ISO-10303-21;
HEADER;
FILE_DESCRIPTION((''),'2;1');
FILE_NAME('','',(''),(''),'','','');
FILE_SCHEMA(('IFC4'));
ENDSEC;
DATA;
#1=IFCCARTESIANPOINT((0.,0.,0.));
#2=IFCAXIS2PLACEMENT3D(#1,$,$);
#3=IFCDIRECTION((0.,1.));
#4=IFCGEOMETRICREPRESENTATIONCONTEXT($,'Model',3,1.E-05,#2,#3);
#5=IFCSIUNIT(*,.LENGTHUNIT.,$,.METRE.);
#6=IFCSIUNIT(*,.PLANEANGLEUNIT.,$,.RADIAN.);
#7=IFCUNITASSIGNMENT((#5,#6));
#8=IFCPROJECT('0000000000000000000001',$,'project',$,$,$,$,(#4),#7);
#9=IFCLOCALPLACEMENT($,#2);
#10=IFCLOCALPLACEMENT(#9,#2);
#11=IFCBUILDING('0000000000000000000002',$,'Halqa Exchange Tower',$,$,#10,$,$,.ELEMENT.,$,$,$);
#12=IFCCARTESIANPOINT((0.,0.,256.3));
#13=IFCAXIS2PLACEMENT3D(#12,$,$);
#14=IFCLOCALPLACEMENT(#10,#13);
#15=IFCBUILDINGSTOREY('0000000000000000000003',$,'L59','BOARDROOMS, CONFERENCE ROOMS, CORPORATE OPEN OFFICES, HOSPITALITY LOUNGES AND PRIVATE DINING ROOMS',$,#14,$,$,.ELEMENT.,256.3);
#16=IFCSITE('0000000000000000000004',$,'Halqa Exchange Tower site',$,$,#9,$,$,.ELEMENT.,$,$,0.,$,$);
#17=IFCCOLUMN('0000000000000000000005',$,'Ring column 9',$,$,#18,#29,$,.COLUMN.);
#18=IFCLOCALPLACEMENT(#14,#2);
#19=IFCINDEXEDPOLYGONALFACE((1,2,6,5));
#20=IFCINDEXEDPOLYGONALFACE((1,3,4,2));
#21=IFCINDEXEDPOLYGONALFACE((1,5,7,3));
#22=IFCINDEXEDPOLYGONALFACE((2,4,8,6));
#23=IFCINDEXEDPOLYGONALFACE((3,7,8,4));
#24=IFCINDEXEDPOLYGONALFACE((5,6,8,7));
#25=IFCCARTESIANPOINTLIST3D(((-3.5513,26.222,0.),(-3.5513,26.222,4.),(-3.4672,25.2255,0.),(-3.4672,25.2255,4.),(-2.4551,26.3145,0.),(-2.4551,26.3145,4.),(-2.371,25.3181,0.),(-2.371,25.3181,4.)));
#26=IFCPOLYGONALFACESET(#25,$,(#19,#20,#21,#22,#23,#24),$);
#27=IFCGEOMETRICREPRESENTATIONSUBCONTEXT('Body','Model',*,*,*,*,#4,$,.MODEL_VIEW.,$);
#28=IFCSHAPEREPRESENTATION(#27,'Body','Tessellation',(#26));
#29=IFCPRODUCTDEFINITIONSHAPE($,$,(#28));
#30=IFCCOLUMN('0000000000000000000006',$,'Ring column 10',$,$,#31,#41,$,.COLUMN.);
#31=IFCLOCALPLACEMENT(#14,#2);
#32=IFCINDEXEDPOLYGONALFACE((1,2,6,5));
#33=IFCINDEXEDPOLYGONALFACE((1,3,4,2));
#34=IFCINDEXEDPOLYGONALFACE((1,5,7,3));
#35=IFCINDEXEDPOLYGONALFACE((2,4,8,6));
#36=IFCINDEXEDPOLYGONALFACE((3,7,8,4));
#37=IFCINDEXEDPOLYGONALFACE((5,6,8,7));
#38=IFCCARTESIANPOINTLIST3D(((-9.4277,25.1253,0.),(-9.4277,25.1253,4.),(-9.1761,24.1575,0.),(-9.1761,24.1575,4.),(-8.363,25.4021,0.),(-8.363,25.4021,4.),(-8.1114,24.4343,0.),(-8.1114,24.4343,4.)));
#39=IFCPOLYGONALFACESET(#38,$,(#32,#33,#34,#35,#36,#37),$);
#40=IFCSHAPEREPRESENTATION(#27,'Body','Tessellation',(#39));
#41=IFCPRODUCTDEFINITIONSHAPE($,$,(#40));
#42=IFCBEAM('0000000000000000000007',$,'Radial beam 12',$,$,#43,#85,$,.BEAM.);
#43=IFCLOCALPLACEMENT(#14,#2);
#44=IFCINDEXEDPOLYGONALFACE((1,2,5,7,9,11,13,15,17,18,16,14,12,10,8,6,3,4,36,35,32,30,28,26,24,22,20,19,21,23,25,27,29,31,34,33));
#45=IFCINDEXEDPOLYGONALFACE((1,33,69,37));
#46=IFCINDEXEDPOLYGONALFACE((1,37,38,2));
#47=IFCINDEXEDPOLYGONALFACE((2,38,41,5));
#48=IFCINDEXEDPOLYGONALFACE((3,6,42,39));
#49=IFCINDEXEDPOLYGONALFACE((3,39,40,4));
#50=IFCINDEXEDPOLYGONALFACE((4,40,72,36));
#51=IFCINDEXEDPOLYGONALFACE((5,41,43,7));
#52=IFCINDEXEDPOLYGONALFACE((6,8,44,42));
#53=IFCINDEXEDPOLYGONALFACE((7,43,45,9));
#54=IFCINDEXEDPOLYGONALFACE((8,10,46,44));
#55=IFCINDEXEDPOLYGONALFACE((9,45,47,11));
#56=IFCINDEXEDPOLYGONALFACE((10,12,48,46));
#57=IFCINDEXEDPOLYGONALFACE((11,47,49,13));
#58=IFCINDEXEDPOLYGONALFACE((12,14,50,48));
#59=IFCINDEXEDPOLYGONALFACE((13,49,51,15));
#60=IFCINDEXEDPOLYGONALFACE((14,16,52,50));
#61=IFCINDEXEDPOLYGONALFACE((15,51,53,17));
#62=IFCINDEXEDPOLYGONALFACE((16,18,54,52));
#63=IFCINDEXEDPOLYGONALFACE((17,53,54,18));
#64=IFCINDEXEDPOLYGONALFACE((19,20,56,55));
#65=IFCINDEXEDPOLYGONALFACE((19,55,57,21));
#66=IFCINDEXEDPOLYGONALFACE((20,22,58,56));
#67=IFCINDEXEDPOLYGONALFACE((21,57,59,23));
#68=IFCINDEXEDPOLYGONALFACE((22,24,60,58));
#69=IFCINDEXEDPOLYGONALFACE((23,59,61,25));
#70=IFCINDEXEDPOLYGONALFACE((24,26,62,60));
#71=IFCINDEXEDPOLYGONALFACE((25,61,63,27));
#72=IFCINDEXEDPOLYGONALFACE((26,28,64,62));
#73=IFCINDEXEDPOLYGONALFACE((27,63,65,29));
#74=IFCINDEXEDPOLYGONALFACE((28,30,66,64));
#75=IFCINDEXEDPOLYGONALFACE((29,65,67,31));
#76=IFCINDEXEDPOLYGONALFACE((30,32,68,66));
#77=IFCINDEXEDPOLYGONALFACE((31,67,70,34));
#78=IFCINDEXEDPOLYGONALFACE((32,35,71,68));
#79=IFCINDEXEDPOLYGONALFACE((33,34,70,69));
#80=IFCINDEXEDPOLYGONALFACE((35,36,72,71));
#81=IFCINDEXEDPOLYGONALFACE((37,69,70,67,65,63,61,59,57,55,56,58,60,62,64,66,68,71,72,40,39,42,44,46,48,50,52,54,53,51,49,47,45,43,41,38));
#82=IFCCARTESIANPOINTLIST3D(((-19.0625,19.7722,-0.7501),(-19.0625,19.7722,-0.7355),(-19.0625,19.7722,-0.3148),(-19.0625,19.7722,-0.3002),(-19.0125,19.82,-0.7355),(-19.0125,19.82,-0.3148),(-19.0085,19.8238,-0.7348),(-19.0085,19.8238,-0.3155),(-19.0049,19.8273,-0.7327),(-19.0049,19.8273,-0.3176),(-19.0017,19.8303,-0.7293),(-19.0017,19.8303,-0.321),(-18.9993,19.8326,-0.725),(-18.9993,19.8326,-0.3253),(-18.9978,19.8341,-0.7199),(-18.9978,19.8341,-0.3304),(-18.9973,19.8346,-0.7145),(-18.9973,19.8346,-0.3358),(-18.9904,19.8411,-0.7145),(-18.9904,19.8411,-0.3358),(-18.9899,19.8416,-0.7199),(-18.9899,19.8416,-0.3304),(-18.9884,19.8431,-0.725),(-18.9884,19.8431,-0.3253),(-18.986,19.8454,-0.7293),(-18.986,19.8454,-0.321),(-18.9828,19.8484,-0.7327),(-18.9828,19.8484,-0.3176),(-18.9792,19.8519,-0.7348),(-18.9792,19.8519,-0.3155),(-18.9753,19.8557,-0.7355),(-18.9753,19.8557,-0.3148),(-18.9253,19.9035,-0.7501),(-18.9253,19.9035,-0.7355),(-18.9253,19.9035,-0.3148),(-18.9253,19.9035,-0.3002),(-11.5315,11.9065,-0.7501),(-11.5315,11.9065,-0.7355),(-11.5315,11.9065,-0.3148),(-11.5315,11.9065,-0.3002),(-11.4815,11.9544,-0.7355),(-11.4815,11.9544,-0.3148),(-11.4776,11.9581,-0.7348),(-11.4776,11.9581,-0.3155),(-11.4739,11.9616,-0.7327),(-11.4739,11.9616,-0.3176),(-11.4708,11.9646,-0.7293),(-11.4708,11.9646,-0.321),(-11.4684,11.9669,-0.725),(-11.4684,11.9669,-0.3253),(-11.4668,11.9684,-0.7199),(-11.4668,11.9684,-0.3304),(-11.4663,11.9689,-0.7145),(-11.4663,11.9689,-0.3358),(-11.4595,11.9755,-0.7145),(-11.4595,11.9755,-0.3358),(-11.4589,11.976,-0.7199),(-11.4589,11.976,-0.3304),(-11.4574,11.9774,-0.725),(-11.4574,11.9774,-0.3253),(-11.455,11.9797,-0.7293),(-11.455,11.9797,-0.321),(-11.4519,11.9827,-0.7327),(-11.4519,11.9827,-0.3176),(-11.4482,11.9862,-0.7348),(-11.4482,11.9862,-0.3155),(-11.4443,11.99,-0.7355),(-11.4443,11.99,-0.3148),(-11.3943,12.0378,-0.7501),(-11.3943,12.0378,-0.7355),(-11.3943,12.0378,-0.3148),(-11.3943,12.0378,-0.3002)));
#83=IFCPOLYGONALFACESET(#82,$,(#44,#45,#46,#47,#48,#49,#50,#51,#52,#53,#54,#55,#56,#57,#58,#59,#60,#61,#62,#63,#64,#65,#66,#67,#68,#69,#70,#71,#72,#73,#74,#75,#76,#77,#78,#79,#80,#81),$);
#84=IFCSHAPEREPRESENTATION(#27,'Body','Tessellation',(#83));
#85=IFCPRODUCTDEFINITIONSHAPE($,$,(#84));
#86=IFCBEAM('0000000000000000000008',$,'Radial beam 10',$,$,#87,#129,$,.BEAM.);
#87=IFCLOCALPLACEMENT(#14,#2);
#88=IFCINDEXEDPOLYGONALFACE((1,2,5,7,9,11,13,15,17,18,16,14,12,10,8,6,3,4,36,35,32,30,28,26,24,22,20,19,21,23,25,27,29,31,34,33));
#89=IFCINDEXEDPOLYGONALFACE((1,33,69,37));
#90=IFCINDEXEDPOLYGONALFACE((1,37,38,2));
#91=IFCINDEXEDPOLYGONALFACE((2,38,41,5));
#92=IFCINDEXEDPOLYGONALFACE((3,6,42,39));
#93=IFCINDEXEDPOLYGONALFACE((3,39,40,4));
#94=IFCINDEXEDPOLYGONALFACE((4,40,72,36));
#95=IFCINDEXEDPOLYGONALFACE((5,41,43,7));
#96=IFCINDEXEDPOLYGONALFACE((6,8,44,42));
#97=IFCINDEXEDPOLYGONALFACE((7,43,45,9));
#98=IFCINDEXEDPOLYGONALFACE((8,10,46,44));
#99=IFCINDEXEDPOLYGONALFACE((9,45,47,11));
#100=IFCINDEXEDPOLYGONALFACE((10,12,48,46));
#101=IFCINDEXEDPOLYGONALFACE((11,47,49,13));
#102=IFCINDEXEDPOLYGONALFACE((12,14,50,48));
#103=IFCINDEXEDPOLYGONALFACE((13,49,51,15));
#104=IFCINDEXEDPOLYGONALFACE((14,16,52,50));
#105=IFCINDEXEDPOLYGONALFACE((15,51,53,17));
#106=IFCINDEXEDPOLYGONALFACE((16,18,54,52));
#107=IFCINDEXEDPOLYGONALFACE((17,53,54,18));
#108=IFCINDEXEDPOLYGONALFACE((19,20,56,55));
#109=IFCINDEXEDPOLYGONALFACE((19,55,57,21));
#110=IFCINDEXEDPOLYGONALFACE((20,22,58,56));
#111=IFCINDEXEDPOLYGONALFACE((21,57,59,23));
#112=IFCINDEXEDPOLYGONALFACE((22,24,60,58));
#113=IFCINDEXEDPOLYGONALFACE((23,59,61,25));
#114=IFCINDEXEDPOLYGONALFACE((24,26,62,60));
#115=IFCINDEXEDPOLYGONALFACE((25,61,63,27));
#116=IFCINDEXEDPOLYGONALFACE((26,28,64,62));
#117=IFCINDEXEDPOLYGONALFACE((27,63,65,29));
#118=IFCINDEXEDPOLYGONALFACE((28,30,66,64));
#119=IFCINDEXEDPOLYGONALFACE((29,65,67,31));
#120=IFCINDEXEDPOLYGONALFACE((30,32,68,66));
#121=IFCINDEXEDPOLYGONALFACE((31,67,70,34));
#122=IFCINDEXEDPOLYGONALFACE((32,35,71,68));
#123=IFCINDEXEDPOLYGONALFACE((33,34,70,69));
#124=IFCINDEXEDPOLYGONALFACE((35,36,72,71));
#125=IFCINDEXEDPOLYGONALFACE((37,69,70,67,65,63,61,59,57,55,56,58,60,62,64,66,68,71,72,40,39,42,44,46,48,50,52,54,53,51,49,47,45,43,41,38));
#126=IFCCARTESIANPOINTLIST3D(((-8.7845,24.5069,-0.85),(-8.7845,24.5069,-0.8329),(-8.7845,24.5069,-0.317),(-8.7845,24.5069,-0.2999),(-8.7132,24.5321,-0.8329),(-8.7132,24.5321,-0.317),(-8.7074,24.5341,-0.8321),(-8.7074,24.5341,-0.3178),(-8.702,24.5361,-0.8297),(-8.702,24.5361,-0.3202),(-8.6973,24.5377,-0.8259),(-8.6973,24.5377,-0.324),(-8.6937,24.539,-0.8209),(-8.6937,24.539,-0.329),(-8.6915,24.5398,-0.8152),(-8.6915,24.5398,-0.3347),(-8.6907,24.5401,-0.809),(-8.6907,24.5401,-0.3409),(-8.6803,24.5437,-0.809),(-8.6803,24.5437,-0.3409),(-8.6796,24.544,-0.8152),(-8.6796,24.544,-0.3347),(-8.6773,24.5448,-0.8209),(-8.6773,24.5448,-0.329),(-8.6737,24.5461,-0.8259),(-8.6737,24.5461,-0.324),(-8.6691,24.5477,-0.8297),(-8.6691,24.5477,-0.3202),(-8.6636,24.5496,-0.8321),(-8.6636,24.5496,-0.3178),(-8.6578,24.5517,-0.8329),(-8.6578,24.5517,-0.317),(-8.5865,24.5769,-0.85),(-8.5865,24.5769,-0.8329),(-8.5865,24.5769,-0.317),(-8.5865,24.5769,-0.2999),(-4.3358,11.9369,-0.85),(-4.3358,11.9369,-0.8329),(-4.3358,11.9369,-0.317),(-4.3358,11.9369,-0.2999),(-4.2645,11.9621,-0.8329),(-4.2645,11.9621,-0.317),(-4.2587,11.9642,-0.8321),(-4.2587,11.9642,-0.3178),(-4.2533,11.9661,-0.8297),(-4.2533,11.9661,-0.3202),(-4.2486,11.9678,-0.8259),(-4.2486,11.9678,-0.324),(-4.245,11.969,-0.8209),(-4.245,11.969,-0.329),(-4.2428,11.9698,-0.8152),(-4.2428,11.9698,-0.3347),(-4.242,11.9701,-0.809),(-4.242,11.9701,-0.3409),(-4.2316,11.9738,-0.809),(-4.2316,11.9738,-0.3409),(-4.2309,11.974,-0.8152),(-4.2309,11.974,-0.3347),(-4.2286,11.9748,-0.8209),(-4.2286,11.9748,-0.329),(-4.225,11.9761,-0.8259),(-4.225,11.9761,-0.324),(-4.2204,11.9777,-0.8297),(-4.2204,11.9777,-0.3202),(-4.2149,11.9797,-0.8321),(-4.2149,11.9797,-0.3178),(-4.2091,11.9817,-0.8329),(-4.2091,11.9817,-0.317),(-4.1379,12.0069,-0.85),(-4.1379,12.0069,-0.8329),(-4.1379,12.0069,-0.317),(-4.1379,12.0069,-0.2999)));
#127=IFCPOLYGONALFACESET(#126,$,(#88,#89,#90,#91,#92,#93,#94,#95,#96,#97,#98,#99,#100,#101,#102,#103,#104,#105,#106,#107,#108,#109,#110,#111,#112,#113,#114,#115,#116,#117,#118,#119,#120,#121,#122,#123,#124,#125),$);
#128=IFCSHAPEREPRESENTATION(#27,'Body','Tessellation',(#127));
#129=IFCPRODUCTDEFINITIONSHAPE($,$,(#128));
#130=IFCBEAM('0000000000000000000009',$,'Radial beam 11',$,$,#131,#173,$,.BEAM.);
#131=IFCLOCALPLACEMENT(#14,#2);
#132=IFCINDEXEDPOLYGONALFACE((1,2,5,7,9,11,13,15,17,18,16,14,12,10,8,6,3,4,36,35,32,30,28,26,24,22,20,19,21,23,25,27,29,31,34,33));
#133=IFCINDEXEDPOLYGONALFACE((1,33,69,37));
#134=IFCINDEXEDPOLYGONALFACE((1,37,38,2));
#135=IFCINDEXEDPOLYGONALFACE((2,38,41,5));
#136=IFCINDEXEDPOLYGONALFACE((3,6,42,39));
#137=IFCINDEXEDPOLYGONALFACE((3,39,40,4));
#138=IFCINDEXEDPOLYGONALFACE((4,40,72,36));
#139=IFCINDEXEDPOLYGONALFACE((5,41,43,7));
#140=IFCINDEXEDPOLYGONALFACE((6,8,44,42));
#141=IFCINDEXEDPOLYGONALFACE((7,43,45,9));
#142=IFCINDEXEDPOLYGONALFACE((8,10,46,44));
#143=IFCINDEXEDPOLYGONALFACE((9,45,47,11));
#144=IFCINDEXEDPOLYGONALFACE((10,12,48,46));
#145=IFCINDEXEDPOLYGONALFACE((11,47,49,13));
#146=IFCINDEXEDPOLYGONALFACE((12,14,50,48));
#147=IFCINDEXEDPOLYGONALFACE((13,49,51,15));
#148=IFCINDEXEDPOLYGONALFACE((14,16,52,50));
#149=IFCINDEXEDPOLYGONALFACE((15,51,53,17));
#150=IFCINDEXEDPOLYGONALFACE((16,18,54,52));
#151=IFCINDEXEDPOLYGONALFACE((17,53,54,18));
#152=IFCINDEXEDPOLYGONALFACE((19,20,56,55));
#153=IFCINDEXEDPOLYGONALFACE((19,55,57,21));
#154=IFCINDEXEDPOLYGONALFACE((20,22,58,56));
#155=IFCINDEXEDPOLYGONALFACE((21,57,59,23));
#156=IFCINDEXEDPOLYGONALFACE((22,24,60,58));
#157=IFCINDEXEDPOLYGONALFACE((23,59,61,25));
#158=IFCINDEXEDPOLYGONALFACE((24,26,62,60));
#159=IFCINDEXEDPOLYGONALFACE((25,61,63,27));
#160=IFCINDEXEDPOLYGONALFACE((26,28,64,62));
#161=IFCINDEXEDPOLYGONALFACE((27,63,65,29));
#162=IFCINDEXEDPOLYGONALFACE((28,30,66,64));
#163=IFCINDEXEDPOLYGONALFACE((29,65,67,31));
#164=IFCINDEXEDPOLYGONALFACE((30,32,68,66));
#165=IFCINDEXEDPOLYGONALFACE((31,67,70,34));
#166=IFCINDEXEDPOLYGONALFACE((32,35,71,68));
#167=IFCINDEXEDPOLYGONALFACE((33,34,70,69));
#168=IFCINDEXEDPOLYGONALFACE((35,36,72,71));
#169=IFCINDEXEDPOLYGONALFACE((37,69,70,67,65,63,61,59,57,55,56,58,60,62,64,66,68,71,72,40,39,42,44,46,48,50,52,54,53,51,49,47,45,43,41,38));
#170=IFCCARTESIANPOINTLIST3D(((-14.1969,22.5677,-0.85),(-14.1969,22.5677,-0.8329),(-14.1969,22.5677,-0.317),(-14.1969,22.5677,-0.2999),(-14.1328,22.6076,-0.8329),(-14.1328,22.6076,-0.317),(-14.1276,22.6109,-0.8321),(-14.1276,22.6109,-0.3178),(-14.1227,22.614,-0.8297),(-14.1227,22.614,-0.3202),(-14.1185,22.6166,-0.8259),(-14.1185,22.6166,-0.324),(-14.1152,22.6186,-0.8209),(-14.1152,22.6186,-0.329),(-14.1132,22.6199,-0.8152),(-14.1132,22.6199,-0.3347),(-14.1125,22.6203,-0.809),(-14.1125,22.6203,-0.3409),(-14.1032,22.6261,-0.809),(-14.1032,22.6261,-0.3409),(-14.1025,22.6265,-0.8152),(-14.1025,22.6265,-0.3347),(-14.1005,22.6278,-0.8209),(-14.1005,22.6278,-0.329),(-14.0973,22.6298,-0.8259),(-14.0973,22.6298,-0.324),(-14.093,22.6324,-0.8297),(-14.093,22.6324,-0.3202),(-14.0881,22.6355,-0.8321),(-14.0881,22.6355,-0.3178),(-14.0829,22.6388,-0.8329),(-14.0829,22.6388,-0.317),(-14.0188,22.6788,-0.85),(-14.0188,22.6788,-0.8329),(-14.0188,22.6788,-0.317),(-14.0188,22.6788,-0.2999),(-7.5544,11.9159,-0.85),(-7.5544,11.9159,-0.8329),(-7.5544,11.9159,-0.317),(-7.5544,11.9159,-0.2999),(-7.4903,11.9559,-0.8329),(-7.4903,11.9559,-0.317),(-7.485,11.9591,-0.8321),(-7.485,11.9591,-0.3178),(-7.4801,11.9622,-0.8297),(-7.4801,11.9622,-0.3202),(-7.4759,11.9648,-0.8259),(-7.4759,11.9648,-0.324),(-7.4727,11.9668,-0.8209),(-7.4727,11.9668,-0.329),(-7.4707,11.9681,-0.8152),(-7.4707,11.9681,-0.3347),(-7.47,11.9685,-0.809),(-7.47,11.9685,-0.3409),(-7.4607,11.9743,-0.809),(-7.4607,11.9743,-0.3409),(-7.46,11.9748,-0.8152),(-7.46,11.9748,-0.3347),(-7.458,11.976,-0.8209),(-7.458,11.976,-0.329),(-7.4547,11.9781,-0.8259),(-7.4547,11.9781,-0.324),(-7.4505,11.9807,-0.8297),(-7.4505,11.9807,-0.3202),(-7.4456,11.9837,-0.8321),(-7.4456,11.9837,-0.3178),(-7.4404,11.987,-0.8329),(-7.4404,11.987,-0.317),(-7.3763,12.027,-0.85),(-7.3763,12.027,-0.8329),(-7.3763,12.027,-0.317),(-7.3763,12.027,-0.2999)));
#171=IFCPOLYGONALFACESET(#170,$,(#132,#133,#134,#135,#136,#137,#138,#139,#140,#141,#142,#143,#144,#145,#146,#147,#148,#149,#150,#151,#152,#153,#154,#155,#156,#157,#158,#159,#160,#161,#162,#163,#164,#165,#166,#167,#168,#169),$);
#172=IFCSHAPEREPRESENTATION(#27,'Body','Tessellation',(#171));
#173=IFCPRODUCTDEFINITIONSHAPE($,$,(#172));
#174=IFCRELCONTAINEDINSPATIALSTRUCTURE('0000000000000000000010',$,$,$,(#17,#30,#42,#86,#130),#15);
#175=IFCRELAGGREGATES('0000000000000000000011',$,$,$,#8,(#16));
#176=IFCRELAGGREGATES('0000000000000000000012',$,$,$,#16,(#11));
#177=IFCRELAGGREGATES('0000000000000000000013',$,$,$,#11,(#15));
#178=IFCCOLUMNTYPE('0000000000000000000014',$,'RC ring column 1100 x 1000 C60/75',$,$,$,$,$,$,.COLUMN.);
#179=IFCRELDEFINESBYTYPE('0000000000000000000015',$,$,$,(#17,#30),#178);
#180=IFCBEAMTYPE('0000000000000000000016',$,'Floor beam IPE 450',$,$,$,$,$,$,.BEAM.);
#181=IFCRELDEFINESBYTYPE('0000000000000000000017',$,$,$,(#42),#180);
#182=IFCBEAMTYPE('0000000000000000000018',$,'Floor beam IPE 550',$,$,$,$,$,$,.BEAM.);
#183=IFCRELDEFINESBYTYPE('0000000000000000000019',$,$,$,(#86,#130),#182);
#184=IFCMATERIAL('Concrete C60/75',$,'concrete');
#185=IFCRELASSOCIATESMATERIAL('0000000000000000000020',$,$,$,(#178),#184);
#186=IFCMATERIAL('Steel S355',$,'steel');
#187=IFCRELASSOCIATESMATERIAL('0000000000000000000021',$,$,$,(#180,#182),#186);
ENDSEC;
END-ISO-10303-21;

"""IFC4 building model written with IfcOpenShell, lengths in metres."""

from ifc_helpers import new_model, si_unit, direction, frame, origin, origin_2d, place, context, subcontext, project, spatial, rectangle, i_section, extrude, material, material_profile, profile_set, type_object, element, save


model = new_model("IFC4")

# Units and contexts
model_context = context("Model", 3, precision=1e-05, world=origin(), true_north=direction((0.0, 1.0)))
body_context = subcontext(model_context, "Body", "Model", "MODEL_VIEW")
ifc_project = project(units=[si_unit("LENGTHUNIT", "METRE"), si_unit("PLANEANGLEUNIT", "RADIAN")], contexts=[model_context])

# Site, building, storey
site_placement = place(None, origin())
site = spatial("IfcSite", under=ifc_project, at=site_placement, Name="Halqa Exchange Tower site", CompositionType="ELEMENT", RefElevation=0.0)
building_placement = place(site_placement, origin())
building = spatial("IfcBuilding", under=site, at=building_placement, Name="Halqa Exchange Tower", CompositionType="ELEMENT")
storey_placement = place(building_placement, frame((0.0, 0.0, 256.3)))
storey = spatial("IfcBuildingStorey", under=building, at=storey_placement, Name="L59", Description="BOARDROOMS, CONFERENCE ROOMS, CORPORATE OPEN OFFICES, HOSPITALITY LOUNGES AND PRIVATE DINING ROOMS", CompositionType="ELEMENT", Elevation=256.3)

# Columns
ifc_material_1 = material(Name="Concrete C60/75", Category="concrete")
ifc_material_profile_1 = material_profile(ifc_material_1, rectangle(XDim=1.1001, YDim=1.0, at=origin_2d()), Name="1100 x 1000")
ifc_profile_set_1 = profile_set([ifc_material_profile_1], Name="Concrete C60/75")
column_type = type_object("IfcColumnType", Name="RC ring column 1100 x 1000 C60/75", PredefinedType="COLUMN", material=ifc_profile_set_1)
for number, where, z_axis, x_axis, name in (
    (1, (-2.9612, 25.77, 0.0), (0.0, 0.0, 1.0), (-0.996456, -0.08412, 0.0), "Ring column 9"),
    (2, (-8.7695, 24.7798, 0.0), (0.0, 0.0, 1.0), (-0.96782, -0.251642, 0.0), "Ring column 10"),
):
    element("IfcColumn", number, at=place(storey_placement, frame(where, z_axis=z_axis, x_axis=x_axis)), inside=storey, type_object=column_type, Name=name, PredefinedType="COLUMN", context=body_context, shape_type="SweptSolid", body=[
        extrude(rectangle(XDim=1.1001, YDim=1.0, at=origin_2d()), origin(), (0.0, 0.0, 1.0), 4.0),
    ])

# Beams
ifc_material_2 = material(Name="Steel S355", Category="steel")
ifc_material_profile_2 = material_profile(ifc_material_2, i_section(OverallWidth=0.1899, OverallDepth=0.45, WebThickness=0.0095, FlangeThickness=0.0146, FilletRadius=0.021, at=origin_2d()), Name="IPE 450")
ifc_profile_set_2 = profile_set([ifc_material_profile_2], Name="Steel S355")
beam_type_1 = type_object("IfcBeamType", Name="Floor beam IPE 450", PredefinedType="BEAM", material=ifc_profile_set_2)
beam_1_placement = place(storey_placement, frame((-11.4629, 11.9722, -0.5251), z_axis=(-0.691571, 0.722308, 0.0), x_axis=(-0.722308, -0.691571, 0.0)))
element("IfcBeam", 3, at=beam_1_placement, inside=storey, type_object=beam_type_1, Name="Radial beam 12", PredefinedType="BEAM", context=body_context, shape_type="SweptSolid", body=[
    extrude(i_section(OverallWidth=0.1899, OverallDepth=0.45, WebThickness=0.0095, FlangeThickness=0.0146, FilletRadius=0.021, at=origin_2d()), origin(), (0.0, 0.0, 1.0), 10.8896),
])
ifc_material_profile_3 = material_profile(ifc_material_2, i_section(OverallWidth=0.21, OverallDepth=0.55, WebThickness=0.011, FlangeThickness=0.0171, FilletRadius=0.0239, at=origin_2d()), Name="IPE 550")
ifc_profile_set_3 = profile_set([ifc_material_profile_3], Name="Steel S355")
beam_type_2 = type_object("IfcBeamType", Name="Floor beam IPE 550", PredefinedType="BEAM", material=ifc_profile_set_3)
beam_2_placement = place(storey_placement, frame((-4.2368, 11.9719, -0.575), z_axis=(-0.333636, 0.942702, 0.0), x_axis=(-0.942702, -0.333636, 0.0)))
element("IfcBeam", 4, at=beam_2_placement, inside=storey, type_object=beam_type_2, Name="Radial beam 10", PredefinedType="BEAM", context=body_context, shape_type="SweptSolid", body=[
    extrude(i_section(OverallWidth=0.21, OverallDepth=0.55, WebThickness=0.011, FlangeThickness=0.0171, FilletRadius=0.0239, at=origin_2d()), origin(), (0.0, 0.0, 1.0), 13.334),
])
beam_3_placement = place(storey_placement, frame((-7.4653, 11.9714, -0.575), z_axis=(-0.529149, 0.848529, 0.0), x_axis=(-0.848529, -0.529149, 0.0)))
element("IfcBeam", 5, at=beam_3_placement, inside=storey, type_object=beam_type_2, Name="Radial beam 11", PredefinedType="BEAM", context=body_context, shape_type="SweptSolid", body=[
    extrude(i_section(OverallWidth=0.21, OverallDepth=0.55, WebThickness=0.011, FlangeThickness=0.0171, FilletRadius=0.0239, at=origin_2d()), origin(), (0.0, 0.0, 1.0), 12.5532),
])

save(model, "model.ifc")
